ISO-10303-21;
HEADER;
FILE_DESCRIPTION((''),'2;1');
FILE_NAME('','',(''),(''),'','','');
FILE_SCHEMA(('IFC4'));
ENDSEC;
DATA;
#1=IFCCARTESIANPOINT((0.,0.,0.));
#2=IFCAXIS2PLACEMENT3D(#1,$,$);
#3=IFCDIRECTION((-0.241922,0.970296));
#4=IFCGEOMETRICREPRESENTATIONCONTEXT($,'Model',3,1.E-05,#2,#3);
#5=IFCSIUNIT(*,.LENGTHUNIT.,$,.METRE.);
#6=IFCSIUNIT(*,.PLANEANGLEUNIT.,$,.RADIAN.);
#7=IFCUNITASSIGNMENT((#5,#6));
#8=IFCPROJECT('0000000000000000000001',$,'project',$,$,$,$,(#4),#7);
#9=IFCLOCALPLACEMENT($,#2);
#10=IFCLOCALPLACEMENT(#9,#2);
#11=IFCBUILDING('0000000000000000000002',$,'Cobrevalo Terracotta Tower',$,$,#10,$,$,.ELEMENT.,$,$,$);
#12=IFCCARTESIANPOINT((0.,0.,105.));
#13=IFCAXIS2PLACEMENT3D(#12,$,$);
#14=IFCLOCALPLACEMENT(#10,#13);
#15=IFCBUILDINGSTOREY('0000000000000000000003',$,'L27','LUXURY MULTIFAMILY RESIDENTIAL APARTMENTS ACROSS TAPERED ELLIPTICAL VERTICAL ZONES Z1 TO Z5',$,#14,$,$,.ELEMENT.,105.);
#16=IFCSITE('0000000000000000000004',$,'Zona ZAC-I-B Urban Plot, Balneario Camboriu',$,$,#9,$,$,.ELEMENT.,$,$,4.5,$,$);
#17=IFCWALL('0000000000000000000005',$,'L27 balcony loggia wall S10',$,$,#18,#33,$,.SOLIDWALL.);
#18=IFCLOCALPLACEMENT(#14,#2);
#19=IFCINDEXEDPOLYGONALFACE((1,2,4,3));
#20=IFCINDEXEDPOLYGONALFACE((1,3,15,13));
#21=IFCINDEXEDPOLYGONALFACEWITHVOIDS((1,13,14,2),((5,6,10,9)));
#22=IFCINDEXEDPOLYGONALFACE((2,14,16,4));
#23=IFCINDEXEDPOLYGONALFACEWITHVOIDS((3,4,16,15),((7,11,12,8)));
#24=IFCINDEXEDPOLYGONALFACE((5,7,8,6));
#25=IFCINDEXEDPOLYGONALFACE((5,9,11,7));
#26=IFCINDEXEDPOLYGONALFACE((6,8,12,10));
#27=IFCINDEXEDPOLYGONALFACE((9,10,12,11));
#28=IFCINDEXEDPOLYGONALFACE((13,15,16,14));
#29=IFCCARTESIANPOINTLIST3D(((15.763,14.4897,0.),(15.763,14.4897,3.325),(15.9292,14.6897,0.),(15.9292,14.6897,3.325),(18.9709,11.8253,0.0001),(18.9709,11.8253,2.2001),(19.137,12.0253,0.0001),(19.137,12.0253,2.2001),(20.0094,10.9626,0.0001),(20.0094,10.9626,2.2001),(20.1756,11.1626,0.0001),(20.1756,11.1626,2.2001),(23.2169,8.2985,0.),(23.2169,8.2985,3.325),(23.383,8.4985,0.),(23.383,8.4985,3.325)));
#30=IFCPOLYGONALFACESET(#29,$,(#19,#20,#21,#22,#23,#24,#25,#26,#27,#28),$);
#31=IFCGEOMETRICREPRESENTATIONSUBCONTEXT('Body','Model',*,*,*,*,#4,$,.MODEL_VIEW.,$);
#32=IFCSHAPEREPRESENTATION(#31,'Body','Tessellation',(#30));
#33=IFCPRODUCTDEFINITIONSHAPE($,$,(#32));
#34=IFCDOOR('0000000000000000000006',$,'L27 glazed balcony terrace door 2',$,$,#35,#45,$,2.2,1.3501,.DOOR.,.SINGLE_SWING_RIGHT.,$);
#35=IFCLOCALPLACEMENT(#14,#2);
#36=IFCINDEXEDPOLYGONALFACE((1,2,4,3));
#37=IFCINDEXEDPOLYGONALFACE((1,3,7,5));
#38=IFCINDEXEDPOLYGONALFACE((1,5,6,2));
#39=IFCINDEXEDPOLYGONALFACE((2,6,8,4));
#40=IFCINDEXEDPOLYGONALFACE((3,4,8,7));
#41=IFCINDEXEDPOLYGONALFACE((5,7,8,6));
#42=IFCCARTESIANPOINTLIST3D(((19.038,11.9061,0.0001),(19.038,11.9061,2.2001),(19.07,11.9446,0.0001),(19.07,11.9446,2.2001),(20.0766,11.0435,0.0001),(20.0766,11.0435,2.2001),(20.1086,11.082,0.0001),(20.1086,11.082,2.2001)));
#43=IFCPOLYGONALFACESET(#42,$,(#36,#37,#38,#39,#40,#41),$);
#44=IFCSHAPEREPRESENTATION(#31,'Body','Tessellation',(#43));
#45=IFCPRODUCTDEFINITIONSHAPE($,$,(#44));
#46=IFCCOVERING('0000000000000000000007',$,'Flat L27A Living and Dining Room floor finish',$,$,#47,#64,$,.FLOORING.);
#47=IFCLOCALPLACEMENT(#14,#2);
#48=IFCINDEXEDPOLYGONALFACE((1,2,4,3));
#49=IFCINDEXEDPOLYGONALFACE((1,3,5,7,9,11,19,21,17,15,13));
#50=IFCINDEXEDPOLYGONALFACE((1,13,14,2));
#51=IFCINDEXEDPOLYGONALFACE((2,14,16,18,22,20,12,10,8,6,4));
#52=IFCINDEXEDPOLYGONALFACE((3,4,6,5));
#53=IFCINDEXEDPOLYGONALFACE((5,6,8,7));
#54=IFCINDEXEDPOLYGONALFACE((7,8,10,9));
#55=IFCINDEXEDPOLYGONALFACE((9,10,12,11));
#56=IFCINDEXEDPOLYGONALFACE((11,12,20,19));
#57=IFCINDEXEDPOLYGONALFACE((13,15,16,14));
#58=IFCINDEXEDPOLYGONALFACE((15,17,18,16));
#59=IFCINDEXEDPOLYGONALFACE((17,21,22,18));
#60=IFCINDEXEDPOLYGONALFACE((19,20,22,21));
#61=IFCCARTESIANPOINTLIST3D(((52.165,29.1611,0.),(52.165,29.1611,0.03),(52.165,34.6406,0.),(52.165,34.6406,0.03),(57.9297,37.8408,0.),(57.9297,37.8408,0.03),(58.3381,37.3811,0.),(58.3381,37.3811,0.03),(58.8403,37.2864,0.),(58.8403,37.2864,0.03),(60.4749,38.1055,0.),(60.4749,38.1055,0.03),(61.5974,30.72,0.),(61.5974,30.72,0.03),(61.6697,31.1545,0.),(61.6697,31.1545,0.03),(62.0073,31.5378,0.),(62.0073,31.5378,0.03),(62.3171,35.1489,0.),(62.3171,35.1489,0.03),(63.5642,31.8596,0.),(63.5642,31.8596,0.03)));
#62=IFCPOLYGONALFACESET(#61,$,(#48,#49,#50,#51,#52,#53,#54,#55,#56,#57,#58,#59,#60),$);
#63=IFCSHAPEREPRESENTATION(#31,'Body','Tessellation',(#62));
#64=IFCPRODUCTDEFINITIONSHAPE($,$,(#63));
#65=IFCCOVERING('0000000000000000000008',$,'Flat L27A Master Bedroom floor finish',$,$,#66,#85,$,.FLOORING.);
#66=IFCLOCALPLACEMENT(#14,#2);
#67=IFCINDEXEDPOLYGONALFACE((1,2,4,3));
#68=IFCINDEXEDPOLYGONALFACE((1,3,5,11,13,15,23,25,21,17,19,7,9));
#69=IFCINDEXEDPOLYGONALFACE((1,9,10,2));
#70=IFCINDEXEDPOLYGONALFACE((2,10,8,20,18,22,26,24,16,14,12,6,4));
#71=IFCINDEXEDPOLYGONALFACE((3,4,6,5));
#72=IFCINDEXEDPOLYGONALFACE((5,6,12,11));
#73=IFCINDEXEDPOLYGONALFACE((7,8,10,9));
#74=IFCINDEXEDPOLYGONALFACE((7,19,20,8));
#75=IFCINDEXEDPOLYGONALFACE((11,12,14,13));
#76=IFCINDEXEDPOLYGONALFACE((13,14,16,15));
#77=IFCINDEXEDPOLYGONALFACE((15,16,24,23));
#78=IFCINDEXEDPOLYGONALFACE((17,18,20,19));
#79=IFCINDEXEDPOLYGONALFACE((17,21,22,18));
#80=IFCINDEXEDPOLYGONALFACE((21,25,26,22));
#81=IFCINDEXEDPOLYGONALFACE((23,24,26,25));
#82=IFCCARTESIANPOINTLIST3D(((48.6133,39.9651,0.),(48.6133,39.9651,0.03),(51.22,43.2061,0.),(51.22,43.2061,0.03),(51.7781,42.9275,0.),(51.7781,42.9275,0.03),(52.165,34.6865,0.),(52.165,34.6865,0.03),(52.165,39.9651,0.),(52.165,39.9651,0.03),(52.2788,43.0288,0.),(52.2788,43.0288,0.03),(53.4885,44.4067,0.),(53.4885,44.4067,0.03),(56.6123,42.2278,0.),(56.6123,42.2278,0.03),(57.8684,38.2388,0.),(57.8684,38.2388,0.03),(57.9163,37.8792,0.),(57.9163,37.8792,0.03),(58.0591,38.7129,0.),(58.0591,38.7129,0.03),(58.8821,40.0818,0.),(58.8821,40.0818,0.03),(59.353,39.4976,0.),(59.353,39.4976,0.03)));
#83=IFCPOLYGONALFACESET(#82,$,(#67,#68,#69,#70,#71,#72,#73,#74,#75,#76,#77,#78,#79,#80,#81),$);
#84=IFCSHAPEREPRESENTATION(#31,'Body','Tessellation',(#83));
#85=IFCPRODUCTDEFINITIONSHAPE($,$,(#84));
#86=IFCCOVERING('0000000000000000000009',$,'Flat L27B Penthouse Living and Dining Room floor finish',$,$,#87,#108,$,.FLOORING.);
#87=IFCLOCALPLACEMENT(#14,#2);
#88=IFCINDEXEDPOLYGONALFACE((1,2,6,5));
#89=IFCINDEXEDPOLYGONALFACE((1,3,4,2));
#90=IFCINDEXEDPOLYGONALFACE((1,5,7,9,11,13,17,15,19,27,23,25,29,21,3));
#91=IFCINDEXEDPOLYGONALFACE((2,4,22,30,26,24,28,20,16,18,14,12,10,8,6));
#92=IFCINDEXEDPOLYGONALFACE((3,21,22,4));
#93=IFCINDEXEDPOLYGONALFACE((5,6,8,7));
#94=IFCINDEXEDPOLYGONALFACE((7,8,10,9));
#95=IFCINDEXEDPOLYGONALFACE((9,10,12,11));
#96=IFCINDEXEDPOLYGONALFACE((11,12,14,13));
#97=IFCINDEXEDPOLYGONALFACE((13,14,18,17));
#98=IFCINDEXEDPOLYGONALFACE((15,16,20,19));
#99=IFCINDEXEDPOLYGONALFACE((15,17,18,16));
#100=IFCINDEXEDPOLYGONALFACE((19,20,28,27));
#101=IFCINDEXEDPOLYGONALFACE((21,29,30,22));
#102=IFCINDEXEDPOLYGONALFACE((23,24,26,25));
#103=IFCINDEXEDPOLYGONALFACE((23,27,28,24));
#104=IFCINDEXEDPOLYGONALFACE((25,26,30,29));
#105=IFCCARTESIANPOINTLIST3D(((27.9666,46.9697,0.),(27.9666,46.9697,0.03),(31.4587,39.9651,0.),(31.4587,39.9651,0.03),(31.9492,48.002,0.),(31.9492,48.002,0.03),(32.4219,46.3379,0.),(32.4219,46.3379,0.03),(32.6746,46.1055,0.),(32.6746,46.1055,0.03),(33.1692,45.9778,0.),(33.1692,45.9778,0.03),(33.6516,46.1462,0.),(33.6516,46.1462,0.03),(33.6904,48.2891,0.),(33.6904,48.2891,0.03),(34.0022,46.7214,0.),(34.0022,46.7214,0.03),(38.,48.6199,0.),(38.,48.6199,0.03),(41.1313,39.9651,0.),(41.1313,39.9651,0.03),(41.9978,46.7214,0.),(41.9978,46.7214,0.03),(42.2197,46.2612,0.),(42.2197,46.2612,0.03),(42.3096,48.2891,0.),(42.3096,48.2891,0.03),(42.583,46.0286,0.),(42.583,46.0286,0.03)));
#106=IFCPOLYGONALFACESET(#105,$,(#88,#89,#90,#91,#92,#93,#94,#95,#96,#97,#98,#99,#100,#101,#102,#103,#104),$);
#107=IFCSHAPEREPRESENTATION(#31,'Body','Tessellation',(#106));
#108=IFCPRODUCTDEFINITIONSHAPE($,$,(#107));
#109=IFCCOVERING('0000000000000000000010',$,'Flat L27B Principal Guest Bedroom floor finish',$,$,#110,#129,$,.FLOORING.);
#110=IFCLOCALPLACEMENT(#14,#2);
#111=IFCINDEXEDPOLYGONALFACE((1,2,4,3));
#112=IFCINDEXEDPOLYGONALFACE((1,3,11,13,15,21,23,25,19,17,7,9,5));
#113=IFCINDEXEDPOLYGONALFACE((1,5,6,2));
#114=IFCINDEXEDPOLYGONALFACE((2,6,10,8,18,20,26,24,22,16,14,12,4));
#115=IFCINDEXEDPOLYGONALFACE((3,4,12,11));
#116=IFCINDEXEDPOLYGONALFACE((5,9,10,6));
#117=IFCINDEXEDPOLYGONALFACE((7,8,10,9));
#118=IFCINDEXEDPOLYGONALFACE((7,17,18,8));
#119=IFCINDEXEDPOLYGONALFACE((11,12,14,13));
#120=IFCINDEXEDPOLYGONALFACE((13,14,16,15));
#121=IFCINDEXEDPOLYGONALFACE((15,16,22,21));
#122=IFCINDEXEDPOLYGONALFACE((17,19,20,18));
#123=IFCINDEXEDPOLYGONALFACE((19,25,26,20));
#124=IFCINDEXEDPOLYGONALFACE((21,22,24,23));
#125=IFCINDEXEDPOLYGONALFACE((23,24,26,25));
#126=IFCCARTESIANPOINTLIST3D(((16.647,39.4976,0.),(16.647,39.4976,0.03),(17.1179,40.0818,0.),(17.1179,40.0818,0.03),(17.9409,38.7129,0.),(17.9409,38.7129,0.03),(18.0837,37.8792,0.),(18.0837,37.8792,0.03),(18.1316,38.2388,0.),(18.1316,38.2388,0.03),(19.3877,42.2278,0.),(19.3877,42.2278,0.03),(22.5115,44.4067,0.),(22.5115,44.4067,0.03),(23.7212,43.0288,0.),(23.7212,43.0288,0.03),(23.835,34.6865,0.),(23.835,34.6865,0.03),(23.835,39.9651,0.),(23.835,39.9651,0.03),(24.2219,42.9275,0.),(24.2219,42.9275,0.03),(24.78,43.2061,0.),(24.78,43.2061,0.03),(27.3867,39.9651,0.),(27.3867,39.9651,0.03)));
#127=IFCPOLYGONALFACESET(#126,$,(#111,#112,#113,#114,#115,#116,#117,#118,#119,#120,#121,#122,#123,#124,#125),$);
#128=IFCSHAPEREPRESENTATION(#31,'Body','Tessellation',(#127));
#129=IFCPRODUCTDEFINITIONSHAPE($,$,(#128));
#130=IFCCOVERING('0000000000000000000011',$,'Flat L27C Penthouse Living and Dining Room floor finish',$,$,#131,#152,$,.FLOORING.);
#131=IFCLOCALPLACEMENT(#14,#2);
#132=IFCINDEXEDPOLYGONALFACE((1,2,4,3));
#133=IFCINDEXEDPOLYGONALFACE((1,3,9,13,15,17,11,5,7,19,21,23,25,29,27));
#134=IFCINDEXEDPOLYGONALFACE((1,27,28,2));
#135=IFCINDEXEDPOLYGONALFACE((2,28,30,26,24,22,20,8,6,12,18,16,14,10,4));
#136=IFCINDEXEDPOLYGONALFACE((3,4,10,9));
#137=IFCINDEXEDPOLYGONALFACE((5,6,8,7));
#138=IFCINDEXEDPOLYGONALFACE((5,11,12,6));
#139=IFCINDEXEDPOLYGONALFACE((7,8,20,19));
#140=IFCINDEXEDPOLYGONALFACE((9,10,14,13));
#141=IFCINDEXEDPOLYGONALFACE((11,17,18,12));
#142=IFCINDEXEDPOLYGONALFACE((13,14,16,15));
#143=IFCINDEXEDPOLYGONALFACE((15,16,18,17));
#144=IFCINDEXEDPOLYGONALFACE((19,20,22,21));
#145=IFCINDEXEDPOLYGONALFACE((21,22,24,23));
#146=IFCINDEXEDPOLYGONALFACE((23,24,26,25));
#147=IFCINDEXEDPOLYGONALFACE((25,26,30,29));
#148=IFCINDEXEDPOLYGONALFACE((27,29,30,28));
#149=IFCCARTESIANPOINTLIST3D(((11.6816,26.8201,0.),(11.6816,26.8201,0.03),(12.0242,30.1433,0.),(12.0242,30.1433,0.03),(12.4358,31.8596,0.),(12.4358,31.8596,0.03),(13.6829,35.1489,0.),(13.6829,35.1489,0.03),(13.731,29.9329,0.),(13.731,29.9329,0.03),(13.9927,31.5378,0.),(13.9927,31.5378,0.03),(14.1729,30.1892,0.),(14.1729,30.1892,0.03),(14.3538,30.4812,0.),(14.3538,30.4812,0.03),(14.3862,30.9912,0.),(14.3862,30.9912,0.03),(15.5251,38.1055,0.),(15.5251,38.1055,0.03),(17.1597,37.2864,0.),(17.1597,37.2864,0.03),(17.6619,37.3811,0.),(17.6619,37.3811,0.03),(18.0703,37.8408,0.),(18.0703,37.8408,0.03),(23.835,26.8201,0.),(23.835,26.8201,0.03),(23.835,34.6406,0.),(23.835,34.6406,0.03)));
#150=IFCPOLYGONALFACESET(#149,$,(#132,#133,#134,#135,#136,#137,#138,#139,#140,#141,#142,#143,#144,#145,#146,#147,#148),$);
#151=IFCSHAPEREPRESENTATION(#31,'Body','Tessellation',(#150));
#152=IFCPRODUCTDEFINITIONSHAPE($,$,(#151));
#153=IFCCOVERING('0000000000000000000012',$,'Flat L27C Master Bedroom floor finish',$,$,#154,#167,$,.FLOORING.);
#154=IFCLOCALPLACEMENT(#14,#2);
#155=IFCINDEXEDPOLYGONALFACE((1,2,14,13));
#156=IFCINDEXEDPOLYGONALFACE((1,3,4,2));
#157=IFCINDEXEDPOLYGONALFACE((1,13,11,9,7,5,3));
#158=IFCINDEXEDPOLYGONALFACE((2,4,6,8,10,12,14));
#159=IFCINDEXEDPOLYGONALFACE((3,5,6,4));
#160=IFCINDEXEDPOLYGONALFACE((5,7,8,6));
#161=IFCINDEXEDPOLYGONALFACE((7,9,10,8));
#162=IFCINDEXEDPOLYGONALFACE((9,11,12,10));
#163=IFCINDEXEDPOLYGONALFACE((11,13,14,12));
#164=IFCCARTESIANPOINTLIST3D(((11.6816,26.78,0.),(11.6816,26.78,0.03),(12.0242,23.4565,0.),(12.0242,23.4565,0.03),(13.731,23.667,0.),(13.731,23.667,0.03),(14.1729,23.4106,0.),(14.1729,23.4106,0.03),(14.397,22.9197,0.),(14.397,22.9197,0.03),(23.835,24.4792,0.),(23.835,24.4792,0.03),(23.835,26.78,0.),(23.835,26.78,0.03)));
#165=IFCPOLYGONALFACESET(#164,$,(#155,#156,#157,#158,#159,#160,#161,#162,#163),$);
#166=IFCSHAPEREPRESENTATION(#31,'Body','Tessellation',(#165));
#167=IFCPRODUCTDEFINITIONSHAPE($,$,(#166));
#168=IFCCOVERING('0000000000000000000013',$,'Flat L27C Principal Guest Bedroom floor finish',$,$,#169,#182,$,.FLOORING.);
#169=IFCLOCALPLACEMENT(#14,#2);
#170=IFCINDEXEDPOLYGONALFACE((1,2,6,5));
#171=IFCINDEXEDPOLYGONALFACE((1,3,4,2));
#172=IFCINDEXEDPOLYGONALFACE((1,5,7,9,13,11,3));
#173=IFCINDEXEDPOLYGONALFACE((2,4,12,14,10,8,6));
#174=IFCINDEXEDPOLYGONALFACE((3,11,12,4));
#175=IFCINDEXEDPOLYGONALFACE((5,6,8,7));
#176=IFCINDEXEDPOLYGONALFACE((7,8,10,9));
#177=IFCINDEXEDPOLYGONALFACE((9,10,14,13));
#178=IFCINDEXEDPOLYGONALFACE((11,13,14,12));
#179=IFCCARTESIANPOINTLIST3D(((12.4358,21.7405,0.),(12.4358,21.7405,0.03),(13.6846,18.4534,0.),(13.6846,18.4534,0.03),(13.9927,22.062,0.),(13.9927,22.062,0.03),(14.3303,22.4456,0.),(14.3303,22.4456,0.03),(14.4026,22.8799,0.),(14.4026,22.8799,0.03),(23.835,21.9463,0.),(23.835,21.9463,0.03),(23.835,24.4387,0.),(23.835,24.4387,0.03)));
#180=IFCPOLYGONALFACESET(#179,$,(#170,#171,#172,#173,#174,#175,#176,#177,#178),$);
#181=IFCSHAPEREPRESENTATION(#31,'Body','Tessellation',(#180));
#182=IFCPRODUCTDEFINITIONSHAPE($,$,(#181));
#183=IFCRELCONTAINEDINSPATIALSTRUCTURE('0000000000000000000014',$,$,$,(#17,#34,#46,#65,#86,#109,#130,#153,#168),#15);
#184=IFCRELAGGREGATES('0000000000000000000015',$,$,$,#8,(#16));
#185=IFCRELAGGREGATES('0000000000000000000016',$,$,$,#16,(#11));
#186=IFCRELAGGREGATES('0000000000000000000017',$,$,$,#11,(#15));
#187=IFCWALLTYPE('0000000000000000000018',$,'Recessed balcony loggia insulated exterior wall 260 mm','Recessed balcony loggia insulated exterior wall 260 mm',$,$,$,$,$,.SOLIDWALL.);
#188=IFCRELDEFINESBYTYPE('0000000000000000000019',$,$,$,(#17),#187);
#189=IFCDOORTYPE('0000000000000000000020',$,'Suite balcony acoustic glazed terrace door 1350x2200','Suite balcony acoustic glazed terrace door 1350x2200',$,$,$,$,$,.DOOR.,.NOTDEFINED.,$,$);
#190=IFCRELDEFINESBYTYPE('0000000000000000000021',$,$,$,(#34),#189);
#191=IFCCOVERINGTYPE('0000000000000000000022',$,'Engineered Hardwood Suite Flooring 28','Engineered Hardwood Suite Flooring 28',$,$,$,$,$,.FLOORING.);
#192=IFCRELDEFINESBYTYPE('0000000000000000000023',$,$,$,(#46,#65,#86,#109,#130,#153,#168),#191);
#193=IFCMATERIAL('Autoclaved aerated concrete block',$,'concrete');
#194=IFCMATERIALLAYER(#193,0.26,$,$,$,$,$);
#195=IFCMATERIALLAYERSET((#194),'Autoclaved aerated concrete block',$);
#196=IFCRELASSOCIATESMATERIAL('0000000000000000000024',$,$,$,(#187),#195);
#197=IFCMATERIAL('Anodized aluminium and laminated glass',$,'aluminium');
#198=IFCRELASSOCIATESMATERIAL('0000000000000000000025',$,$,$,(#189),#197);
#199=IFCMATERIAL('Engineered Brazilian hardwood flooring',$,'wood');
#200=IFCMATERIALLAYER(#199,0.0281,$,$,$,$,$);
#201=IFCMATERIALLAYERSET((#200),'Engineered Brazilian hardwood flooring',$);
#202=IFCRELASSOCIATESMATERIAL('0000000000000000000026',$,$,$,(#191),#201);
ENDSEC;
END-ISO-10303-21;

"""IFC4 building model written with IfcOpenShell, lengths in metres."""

from ifc_helpers import new_model, si_unit, direction, frame, frame_2d, origin, place, context, subcontext, project, spatial, polyline, rectangle, outline, extrude, source, transform, mapped, material, layer, layer_set, type_object, element, fill, save


model = new_model("IFC4")

# Units and contexts
model_context = context("Model", 3, precision=1e-05, world=origin(), true_north=direction((-0.241922, 0.970296)))
body_context = subcontext(model_context, "Body", "Model", "MODEL_VIEW")
ifc_project = project(units=[si_unit("LENGTHUNIT", "METRE"), si_unit("PLANEANGLEUNIT", "RADIAN")], contexts=[model_context])

# Site, building, storey
site_placement = place(None, origin())
site = spatial("IfcSite", under=ifc_project, at=site_placement, Name="Zona ZAC-I-B Urban Plot, Balneario Camboriu", CompositionType="ELEMENT", RefElevation=4.5)
building_placement = place(site_placement, origin())
building = spatial("IfcBuilding", under=site, at=building_placement, Name="Cobrevalo Terracotta Tower", CompositionType="ELEMENT")
storey_placement = place(building_placement, frame((0.0, 0.0, 105.0)))
storey = spatial("IfcBuildingStorey", under=building, at=storey_placement, Name="L27", Description="LUXURY MULTIFAMILY RESIDENTIAL APARTMENTS ACROSS TAPERED ELLIPTICAL VERTICAL ZONES Z1 TO Z5", CompositionType="ELEMENT", Elevation=105.0)

# Wall, opening, door
ifc_material_1 = material(Name="Autoclaved aerated concrete block", Category="concrete")
ifc_layer_1 = layer(ifc_material_1, 0.26)
ifc_layer_set_1 = layer_set([ifc_layer_1], Name="Autoclaved aerated concrete block")
wall_type = type_object("IfcWallType", Name="Recessed balcony loggia insulated exterior wall 260 mm", Description="Recessed balcony loggia insulated exterior wall 260 mm", PredefinedType="SOLIDWALL", material=ifc_layer_set_1)
wall_placement = place(storey_placement, frame((15.8462, 14.5896, 0.0), z_axis=(0.0, 0.0, 1.0), x_axis=(0.769255, -0.638942, 0.0)))
wall = element("IfcWall", 1, at=wall_placement, inside=storey, type_object=wall_type, Name="L27 balcony loggia wall S10", PredefinedType="SOLIDWALL", context=body_context, shape_type="SweptSolid", body=[
    extrude(rectangle(XDim=9.6897, YDim=0.26, at=frame_2d((4.8447, 0.0))), origin(), (0.0, 0.0, 1.0), 3.325),
])
opening_placement = place(wall_placement, frame((4.1699, 0.0, 0.0)))
opening = element("IfcOpeningElement", 2, at=opening_placement, cuts=wall, PredefinedType="OPENING", context=body_context, shape_type="SweptSolid", body=[
    extrude(rectangle(XDim=1.3501, YDim=2.2, at=frame_2d((0.675, 1.1001))), frame((0.0, 0.1401, 0.0), z_axis=(0.0, -1.0, 0.0), x_axis=(1.0, 0.0, 0.0)), (0.0, 0.0, 1.0), 0.28),
])
ifc_material_2 = material(Name="Anodized aluminium and laminated glass", Category="aluminium")
door_type = type_object("IfcDoorType", Name="Suite balcony acoustic glazed terrace door 1350x2200", Description="Suite balcony acoustic glazed terrace door 1350x2200", OperationType="NOTDEFINED", PredefinedType="DOOR", material=ifc_material_2)
shared_shape_1 = source(origin(), body_context, "Body", "SweptSolid", [
    extrude(rectangle(XDim=1.3501, YDim=2.2, at=frame_2d((0.675, 1.1001))), frame((0.0, 0.0249, 0.0), z_axis=(0.0, -1.0, 0.0), x_axis=(1.0, 0.0, 0.0)), (0.0, 0.0, 1.0), 0.05),
])
door_placement = place(opening_placement, frame((1.3501, 0.0, 0.0), z_axis=(0.0, 0.0, 1.0), x_axis=(-1.0, 0.0, 0.0)))
door = element("IfcDoor", 3, at=door_placement, inside=storey, type_object=door_type, Name="L27 glazed balcony terrace door 2", OperationType="SINGLE_SWING_RIGHT", OverallHeight=2.2, OverallWidth=1.3501, PredefinedType="DOOR", context=body_context, shape_type="MappedRepresentation", body=[
    mapped(shared_shape_1, transform((0.0, 0.0, 0.0), scale=1.0)),
])
fill(opening, door)

# Coverings
ifc_material_3 = material(Name="Engineered Brazilian hardwood flooring", Category="wood")
ifc_layer_2 = layer(ifc_material_3, 0.0281)
ifc_layer_set_2 = layer_set([ifc_layer_2], Name="Engineered Brazilian hardwood flooring")
covering_type_1 = type_object("IfcCoveringType", Name="Engineered Hardwood Suite Flooring 28", Description="Engineered Hardwood Suite Flooring 28", PredefinedType="FLOORING", material=ifc_layer_set_2)
covering_1_placement = place(storey_placement, origin())
element("IfcCovering", 4, at=covering_1_placement, inside=storey, type_object=covering_type_1, Name="Flat L27A Living and Dining Room floor finish", PredefinedType="FLOORING", context=body_context, shape_type="SweptSolid", body=[
    extrude(outline(polyline([(62.3171, 35.1489), (63.5642, 31.8596), (62.0073, 31.5378), (61.6697, 31.1545), (61.5974, 30.72), (52.165, 29.1611), (52.165, 34.6406), (57.9297, 37.8408), (58.3381, 37.3811), (58.8403, 37.2864), (60.4749, 38.1055), (62.3171, 35.1489)])), origin(), (0.0, 0.0, 1.0), 0.03),
])
covering_2_placement = place(storey_placement, origin())
element("IfcCovering", 5, at=covering_2_placement, inside=storey, type_object=covering_type_1, Name="Flat L27A Master Bedroom floor finish", PredefinedType="FLOORING", context=body_context, shape_type="SweptSolid", body=[
    extrude(outline(polyline([(56.6123, 42.2278), (58.8821, 40.0818), (59.353, 39.4976), (58.0591, 38.7129), (57.8684, 38.2388), (57.9163, 37.8792), (52.165, 34.6865), (52.165, 39.9651), (48.6133, 39.9651), (51.22, 43.2061), (51.7781, 42.9275), (52.2788, 43.0288), (53.4885, 44.4067), (56.6123, 42.2278)])), origin(), (0.0, 0.0, 1.0), 0.03),
])
covering_3_placement = place(storey_placement, origin())
element("IfcCovering", 6, at=covering_3_placement, inside=storey, type_object=covering_type_1, Name="Flat L27B Penthouse Living and Dining Room floor finish", PredefinedType="FLOORING", context=body_context, shape_type="SweptSolid", body=[
    extrude(outline(polyline([(31.9492, 48.002), (32.4219, 46.3379), (32.6746, 46.1055), (33.1692, 45.9778), (33.6516, 46.1462), (34.0022, 46.7214), (33.6904, 48.2891), (38.0, 48.6199), (42.3096, 48.2891), (41.9978, 46.7214), (42.2197, 46.2612), (42.583, 46.0286), (41.1313, 39.9651), (31.4587, 39.9651), (27.9666, 46.9697), (31.9492, 48.002)])), origin(), (0.0, 0.0, 1.0), 0.03),
])
covering_4_placement = place(storey_placement, origin())
element("IfcCovering", 7, at=covering_4_placement, inside=storey, type_object=covering_type_1, Name="Flat L27B Principal Guest Bedroom floor finish", PredefinedType="FLOORING", context=body_context, shape_type="SweptSolid", body=[
    extrude(outline(polyline([(22.5115, 44.4067), (23.7212, 43.0288), (24.2219, 42.9275), (24.78, 43.2061), (27.3867, 39.9651), (23.835, 39.9651), (23.835, 34.6865), (18.0837, 37.8792), (18.1316, 38.2388), (17.9409, 38.7129), (16.647, 39.4976), (17.1179, 40.0818), (19.3877, 42.2278), (22.5115, 44.4067)])), origin(), (0.0, 0.0, 1.0), 0.03),
])
covering_5_placement = place(storey_placement, origin())
element("IfcCovering", 8, at=covering_5_placement, inside=storey, type_object=covering_type_1, Name="Flat L27C Penthouse Living and Dining Room floor finish", PredefinedType="FLOORING", context=body_context, shape_type="SweptSolid", body=[
    extrude(outline(polyline([(12.0242, 30.1433), (13.731, 29.9329), (14.1729, 30.1892), (14.3538, 30.4812), (14.3862, 30.9912), (13.9927, 31.5378), (12.4358, 31.8596), (13.6829, 35.1489), (15.5251, 38.1055), (17.1597, 37.2864), (17.6619, 37.3811), (18.0703, 37.8408), (23.835, 34.6406), (23.835, 26.8201), (11.6816, 26.8201), (12.0242, 30.1433)])), origin(), (0.0, 0.0, 1.0), 0.03),
])
covering_6_placement = place(storey_placement, origin())
element("IfcCovering", 9, at=covering_6_placement, inside=storey, type_object=covering_type_1, Name="Flat L27C Master Bedroom floor finish", PredefinedType="FLOORING", context=body_context, shape_type="SweptSolid", body=[
    extrude(outline(polyline([(11.6816, 26.78), (23.835, 26.78), (23.835, 24.4792), (14.397, 22.9197), (14.1729, 23.4106), (13.731, 23.667), (12.0242, 23.4565), (11.6816, 26.78)])), origin(), (0.0, 0.0, 1.0), 0.03),
])
covering_7_placement = place(storey_placement, origin())
element("IfcCovering", 10, at=covering_7_placement, inside=storey, type_object=covering_type_1, Name="Flat L27C Principal Guest Bedroom floor finish", PredefinedType="FLOORING", context=body_context, shape_type="SweptSolid", body=[
    extrude(outline(polyline([(12.4358, 21.7405), (13.9927, 22.062), (14.3303, 22.4456), (14.4026, 22.8799), (23.835, 24.4387), (23.835, 21.9463), (13.6846, 18.4534), (12.4358, 21.7405)])), origin(), (0.0, 0.0, 1.0), 0.03),
])

save(model, "model.ifc")
